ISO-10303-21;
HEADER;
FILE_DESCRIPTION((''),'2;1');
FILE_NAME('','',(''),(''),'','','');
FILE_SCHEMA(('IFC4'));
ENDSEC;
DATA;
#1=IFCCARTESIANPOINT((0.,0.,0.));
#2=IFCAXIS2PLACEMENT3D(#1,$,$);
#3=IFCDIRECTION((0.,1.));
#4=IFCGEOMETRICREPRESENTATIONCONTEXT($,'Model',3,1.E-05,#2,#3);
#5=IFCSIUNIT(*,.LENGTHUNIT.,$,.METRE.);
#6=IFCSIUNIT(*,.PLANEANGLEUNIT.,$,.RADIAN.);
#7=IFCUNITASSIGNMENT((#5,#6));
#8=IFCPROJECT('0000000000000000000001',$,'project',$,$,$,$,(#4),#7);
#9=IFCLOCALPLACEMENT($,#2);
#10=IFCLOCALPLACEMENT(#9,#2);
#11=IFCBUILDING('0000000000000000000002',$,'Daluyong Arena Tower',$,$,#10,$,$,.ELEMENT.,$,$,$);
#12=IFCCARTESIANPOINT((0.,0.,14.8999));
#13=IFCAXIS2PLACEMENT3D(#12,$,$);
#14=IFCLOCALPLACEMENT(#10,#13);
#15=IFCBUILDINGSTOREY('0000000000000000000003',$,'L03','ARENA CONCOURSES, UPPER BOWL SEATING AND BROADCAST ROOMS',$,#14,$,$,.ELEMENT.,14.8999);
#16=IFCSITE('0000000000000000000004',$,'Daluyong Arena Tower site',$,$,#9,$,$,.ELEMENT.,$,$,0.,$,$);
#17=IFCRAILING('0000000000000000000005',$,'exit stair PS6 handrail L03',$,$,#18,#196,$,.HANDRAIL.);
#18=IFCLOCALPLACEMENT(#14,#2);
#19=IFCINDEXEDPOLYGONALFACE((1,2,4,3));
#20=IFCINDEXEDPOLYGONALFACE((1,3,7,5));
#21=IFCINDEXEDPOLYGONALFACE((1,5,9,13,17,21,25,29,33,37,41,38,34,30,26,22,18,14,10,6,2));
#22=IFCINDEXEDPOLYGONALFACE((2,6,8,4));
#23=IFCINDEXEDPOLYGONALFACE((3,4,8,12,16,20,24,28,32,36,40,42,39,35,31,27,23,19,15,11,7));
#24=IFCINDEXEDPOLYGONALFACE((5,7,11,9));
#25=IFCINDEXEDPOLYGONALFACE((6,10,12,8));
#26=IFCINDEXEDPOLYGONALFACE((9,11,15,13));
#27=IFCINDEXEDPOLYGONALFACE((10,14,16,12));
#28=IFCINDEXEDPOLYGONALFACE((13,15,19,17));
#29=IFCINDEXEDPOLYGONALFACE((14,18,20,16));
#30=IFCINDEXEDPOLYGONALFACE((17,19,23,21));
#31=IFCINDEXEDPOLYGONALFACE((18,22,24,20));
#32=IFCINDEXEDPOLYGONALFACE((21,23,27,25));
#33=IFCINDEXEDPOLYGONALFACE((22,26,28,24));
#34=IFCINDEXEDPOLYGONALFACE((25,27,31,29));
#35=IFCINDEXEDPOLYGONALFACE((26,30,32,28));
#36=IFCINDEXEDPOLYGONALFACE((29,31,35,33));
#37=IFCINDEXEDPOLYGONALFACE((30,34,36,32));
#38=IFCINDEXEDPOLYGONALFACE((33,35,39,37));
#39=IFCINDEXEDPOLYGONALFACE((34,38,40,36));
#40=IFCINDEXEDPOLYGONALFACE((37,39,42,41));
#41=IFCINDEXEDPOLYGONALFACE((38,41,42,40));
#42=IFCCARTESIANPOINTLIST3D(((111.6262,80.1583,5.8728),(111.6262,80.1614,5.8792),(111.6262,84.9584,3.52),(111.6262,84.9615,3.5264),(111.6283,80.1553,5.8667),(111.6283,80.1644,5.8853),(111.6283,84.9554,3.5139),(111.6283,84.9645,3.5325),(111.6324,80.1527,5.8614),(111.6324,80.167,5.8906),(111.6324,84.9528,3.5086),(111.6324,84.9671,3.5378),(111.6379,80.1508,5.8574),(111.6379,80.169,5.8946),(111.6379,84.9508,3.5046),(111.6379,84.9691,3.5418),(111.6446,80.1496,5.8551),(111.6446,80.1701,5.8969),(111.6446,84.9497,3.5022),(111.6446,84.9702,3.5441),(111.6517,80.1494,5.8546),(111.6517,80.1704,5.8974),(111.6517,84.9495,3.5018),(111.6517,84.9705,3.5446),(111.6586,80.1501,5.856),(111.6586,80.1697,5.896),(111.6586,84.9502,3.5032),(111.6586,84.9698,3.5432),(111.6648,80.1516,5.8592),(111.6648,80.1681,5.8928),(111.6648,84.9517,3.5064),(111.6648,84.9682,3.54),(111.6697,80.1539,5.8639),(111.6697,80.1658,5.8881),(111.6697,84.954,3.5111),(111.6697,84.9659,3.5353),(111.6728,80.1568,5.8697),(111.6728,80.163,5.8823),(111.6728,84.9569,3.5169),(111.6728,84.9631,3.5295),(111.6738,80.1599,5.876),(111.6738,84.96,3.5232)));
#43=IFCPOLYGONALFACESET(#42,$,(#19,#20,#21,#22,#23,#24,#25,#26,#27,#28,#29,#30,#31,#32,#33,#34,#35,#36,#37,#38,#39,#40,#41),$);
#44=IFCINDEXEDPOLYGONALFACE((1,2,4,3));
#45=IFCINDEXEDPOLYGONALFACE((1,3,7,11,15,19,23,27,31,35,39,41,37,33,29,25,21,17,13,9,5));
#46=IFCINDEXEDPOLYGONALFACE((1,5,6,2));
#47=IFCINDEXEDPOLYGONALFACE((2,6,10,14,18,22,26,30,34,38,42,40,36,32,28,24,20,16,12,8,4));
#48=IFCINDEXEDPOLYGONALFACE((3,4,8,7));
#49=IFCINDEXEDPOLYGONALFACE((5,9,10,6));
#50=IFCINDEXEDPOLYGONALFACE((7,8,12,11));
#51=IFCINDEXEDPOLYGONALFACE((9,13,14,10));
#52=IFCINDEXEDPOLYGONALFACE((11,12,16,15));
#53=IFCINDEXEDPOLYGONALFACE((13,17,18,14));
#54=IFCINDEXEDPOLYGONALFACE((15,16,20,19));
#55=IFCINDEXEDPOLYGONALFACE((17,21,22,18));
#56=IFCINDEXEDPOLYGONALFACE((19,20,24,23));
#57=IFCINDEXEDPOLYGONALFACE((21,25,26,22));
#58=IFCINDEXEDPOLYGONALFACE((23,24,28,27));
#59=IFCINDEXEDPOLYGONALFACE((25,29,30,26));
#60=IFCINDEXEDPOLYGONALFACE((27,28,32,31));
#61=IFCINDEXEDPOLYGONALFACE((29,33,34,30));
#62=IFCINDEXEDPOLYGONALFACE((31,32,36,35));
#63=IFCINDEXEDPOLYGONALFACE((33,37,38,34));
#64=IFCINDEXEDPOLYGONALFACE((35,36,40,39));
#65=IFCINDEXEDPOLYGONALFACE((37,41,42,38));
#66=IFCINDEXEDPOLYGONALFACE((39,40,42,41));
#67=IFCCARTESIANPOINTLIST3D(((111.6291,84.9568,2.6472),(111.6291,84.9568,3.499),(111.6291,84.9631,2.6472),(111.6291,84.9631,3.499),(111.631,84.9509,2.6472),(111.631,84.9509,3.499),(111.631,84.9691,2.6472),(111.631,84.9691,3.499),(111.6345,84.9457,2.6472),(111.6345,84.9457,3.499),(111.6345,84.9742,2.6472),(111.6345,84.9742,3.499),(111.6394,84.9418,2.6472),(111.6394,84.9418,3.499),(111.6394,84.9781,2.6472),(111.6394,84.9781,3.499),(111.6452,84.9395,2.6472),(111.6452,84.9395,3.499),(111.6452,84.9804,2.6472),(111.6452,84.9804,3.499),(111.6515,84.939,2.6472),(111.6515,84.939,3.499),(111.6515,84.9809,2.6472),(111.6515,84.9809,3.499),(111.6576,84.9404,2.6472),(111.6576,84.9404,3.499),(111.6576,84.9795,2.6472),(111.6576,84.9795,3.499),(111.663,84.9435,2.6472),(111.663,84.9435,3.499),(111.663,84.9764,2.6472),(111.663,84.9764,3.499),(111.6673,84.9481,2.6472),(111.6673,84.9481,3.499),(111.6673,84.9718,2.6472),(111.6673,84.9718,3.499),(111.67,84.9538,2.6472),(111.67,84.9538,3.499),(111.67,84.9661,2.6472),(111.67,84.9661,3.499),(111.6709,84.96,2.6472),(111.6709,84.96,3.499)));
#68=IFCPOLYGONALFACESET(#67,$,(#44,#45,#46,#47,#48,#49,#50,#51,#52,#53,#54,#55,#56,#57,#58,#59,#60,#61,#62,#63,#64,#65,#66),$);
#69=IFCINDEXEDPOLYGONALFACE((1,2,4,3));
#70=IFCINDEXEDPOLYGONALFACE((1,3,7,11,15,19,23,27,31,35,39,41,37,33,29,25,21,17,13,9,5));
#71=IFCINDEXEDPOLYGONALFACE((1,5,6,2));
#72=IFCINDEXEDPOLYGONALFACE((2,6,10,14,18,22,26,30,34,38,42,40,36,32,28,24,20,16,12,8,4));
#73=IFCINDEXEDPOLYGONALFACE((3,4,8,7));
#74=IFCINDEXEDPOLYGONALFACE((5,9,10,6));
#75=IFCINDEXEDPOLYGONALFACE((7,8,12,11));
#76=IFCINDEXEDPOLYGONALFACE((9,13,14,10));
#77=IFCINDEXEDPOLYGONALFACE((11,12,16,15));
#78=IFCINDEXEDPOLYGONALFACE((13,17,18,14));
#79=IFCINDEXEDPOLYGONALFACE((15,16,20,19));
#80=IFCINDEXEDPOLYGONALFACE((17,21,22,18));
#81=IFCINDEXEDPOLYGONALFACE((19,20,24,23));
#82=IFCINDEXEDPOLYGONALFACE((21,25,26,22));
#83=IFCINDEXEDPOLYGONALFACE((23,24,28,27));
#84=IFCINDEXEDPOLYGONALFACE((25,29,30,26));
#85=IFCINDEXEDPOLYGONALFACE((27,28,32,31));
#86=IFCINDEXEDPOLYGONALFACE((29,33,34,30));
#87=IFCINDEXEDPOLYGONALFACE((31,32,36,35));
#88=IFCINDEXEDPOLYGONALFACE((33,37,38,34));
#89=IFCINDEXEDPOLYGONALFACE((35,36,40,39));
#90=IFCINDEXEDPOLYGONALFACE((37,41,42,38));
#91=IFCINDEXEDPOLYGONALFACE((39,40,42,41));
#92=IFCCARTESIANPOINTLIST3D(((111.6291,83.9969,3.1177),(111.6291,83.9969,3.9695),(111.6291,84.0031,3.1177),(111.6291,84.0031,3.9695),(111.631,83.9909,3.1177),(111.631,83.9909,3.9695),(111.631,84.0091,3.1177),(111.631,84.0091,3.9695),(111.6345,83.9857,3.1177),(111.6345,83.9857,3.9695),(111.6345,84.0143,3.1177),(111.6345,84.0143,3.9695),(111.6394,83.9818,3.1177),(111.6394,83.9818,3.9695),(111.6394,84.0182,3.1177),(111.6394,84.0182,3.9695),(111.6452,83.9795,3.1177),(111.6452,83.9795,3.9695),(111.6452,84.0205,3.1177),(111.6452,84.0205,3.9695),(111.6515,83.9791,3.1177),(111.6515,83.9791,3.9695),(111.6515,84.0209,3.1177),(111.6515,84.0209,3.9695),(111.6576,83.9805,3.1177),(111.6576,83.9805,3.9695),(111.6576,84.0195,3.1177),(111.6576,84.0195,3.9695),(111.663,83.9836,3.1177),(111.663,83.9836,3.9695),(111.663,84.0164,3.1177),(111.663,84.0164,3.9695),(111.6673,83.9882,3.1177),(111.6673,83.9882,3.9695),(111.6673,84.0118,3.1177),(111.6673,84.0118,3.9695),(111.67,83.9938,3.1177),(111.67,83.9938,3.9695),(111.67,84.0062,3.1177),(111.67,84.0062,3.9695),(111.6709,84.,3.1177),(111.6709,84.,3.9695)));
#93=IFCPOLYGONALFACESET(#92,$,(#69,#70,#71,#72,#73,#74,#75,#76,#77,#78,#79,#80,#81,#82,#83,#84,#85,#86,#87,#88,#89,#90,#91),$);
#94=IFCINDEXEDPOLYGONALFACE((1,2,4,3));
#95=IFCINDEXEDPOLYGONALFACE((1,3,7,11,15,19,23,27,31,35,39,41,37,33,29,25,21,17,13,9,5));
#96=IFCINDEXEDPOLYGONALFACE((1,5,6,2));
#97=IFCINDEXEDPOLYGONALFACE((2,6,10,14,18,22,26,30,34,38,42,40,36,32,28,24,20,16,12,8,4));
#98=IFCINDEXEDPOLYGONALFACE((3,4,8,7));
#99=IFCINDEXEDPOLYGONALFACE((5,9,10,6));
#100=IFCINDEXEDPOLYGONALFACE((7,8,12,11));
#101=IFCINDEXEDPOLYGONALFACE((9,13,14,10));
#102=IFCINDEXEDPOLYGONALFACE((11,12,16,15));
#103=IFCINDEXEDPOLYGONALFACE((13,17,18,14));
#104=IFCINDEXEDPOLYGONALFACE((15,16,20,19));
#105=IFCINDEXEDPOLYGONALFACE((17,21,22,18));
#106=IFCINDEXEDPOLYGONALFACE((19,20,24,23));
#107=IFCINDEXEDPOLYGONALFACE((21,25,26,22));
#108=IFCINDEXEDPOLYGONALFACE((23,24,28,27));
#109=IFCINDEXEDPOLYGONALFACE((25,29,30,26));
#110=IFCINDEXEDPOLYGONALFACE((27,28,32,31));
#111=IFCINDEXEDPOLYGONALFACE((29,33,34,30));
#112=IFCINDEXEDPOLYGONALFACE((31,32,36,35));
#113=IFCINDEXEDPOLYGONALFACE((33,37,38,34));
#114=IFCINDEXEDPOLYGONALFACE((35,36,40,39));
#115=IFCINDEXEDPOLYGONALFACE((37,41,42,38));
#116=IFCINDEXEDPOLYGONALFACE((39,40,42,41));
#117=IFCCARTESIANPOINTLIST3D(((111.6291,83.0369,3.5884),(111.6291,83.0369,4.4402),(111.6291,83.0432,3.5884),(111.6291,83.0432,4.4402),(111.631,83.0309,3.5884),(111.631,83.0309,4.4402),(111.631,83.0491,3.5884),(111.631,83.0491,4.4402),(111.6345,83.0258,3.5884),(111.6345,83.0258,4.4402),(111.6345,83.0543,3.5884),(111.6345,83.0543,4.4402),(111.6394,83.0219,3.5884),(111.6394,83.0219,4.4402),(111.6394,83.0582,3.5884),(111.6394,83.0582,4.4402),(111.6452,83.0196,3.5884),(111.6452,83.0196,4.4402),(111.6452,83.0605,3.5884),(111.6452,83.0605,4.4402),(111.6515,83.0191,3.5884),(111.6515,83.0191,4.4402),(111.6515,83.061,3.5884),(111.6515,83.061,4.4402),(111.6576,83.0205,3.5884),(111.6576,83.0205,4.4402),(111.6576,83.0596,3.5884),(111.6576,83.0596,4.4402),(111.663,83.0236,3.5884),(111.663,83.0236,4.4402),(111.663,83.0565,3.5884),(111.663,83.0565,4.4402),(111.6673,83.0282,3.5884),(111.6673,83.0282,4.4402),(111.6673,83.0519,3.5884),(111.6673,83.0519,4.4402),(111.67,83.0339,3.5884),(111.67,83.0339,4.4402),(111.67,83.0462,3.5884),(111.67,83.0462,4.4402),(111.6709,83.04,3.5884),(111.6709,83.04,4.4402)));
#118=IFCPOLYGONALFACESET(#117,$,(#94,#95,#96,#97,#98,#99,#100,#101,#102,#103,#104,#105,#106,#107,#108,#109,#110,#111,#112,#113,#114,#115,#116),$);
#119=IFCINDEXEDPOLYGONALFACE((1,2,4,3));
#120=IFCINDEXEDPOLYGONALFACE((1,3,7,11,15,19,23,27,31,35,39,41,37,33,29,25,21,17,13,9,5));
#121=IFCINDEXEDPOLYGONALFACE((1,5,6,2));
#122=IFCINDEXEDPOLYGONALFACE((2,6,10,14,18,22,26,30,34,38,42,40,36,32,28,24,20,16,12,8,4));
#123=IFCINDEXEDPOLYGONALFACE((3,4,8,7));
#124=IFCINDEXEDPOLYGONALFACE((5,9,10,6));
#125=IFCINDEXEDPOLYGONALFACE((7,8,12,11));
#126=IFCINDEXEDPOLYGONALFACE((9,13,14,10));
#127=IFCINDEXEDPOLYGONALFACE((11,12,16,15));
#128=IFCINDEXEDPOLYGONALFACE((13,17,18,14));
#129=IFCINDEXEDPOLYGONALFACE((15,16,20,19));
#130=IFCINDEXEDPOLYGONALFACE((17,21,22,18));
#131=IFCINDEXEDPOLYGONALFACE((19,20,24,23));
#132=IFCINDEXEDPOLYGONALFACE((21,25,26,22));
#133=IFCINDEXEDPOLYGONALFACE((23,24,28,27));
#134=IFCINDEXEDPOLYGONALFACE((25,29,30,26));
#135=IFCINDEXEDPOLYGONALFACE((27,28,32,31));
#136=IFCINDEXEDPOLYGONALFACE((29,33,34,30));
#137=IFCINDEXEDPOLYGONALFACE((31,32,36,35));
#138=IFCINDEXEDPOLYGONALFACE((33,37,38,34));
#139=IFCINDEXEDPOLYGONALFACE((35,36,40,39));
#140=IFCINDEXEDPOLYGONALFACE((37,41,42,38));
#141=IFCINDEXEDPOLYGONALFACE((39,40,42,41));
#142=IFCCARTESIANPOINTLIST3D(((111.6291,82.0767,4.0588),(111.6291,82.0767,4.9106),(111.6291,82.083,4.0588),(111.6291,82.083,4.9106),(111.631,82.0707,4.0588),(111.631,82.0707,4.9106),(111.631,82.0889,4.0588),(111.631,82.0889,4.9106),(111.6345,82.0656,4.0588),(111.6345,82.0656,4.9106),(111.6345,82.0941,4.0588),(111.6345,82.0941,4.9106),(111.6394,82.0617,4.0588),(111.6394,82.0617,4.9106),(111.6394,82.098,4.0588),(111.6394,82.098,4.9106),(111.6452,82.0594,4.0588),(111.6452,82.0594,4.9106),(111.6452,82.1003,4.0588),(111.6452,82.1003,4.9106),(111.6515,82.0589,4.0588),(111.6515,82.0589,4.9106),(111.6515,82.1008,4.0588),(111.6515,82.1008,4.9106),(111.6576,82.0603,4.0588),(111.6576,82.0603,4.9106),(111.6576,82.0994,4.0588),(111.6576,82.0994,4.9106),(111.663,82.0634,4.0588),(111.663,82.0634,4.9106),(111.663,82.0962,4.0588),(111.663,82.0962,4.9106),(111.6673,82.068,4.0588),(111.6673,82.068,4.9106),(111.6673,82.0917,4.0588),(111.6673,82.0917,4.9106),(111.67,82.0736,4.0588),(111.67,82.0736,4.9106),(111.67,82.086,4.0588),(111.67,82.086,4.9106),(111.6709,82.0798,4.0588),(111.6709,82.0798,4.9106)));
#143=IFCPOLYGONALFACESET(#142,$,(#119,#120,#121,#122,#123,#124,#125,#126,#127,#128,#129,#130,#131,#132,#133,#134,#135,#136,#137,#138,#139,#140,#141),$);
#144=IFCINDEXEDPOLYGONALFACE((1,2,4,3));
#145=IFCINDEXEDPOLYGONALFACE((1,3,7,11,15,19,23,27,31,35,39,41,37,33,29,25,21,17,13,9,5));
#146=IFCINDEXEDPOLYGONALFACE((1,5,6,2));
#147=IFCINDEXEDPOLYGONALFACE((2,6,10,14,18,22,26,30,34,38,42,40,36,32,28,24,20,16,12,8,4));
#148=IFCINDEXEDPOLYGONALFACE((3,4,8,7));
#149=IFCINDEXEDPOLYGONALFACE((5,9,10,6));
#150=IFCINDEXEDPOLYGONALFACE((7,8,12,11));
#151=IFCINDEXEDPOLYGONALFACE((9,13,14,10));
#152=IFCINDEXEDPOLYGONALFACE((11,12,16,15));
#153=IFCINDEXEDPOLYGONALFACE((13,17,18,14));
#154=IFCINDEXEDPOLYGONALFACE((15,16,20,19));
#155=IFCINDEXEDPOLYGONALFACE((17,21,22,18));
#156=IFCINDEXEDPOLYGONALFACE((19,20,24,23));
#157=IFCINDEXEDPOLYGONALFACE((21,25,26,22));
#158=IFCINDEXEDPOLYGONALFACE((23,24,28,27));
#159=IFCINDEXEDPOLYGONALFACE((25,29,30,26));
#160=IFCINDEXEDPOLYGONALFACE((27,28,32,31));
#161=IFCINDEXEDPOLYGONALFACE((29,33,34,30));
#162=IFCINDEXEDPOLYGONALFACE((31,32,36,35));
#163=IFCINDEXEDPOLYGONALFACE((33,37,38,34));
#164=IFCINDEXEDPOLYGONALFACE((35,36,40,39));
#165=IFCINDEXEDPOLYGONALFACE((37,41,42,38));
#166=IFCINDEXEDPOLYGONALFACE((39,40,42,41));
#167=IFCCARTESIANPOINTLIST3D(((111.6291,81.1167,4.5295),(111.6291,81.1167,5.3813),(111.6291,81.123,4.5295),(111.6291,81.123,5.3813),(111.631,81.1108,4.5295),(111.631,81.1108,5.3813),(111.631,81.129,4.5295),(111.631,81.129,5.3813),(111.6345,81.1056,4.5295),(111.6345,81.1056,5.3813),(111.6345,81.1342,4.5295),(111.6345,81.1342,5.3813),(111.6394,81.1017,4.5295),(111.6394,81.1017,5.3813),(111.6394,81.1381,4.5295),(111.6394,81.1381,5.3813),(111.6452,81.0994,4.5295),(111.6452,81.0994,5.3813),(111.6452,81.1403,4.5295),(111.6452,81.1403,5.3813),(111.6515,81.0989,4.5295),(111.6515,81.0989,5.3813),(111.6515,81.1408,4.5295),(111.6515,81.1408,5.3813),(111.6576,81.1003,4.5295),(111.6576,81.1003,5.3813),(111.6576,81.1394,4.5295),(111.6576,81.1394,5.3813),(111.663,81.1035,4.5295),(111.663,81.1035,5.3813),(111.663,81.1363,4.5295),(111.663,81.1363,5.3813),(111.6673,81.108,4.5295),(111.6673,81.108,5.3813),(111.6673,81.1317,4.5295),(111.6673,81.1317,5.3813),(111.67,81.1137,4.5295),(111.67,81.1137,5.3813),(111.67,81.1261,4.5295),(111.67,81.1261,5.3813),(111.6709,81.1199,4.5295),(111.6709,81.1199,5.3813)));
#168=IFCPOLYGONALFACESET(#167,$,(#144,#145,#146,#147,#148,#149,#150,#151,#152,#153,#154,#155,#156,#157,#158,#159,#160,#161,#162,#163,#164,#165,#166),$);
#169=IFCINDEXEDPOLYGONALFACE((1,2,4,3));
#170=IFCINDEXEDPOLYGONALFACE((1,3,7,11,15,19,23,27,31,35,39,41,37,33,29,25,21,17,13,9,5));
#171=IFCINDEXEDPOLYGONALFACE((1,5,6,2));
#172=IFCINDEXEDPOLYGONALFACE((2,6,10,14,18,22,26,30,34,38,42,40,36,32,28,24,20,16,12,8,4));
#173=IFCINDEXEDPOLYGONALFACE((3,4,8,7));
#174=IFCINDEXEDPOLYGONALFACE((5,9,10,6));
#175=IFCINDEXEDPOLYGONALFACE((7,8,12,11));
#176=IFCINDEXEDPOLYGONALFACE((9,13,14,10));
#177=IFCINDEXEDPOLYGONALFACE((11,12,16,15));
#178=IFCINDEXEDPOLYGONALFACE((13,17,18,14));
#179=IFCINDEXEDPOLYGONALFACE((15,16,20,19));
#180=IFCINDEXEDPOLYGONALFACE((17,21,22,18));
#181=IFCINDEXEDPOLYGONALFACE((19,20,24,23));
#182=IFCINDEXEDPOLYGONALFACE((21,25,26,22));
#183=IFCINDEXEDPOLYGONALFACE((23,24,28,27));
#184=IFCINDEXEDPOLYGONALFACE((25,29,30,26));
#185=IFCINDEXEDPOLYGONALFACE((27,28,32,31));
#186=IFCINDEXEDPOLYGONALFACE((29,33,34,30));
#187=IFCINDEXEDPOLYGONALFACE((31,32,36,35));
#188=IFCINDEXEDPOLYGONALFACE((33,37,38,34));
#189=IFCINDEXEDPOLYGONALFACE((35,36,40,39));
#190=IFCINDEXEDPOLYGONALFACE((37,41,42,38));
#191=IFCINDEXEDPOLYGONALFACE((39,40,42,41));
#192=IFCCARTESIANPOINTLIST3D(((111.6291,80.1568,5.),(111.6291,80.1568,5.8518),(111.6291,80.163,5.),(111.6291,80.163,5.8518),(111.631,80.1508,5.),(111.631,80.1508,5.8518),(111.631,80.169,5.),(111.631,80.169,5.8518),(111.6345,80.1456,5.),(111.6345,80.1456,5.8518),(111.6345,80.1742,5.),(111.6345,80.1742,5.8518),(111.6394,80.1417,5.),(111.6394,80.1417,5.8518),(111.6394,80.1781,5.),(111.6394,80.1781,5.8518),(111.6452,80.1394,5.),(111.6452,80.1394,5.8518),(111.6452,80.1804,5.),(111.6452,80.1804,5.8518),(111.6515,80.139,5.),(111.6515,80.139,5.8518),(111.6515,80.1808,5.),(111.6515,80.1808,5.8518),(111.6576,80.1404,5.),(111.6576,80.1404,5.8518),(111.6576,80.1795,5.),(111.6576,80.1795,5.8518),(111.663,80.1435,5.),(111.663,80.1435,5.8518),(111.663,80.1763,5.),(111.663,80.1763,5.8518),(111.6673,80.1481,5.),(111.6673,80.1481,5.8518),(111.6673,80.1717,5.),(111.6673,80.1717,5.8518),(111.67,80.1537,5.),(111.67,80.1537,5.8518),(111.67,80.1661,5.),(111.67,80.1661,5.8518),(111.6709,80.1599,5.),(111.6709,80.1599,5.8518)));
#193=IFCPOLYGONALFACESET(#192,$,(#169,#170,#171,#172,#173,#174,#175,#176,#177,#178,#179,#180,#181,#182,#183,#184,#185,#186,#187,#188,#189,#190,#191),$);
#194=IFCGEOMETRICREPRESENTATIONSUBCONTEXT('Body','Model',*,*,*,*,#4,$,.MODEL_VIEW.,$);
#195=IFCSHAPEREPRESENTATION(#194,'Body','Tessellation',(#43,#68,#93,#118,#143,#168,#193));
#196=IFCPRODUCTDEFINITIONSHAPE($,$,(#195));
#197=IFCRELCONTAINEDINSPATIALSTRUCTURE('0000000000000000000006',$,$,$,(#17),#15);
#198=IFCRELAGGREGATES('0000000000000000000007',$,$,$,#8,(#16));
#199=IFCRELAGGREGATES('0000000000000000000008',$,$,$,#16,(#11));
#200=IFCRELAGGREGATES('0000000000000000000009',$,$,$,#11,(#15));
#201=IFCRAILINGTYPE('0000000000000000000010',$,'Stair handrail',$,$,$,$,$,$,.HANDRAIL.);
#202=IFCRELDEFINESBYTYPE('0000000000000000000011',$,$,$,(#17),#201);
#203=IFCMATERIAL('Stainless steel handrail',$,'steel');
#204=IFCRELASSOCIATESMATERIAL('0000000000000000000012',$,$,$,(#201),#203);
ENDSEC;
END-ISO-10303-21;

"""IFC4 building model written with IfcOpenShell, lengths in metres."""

from ifc_helpers import new_model, si_unit, direction, frame, origin, origin_2d, place, context, subcontext, project, spatial, circle, extrude, material, type_object, element, save


model = new_model("IFC4")

# Units and contexts
model_context = context("Model", 3, precision=1e-05, world=origin(), true_north=direction((0.0, 1.0)))
body_context = subcontext(model_context, "Body", "Model", "MODEL_VIEW")
ifc_project = project(units=[si_unit("LENGTHUNIT", "METRE"), si_unit("PLANEANGLEUNIT", "RADIAN")], contexts=[model_context])

# Site, building, storey
site_placement = place(None, origin())
site = spatial("IfcSite", under=ifc_project, at=site_placement, Name="Daluyong Arena Tower site", CompositionType="ELEMENT", RefElevation=0.0)
building_placement = place(site_placement, origin())
building = spatial("IfcBuilding", under=site, at=building_placement, Name="Daluyong Arena Tower", CompositionType="ELEMENT")
storey_placement = place(building_placement, frame((0.0, 0.0, 14.8999)))
storey = spatial("IfcBuildingStorey", under=building, at=storey_placement, Name="L03", Description="ARENA CONCOURSES, UPPER BOWL SEATING AND BROADCAST ROOMS", CompositionType="ELEMENT", Elevation=14.8999)

# Railing
ifc_material_1 = material(Name="Stainless steel handrail", Category="steel")
railing_type_1 = type_object("IfcRailingType", Name="Stair handrail", PredefinedType="HANDRAIL", material=ifc_material_1)
railing_1_placement = place(storey_placement, frame((111.6499, 84.96, 2.6472)))
element("IfcRailing", 1, at=railing_1_placement, inside=storey, type_object=railing_type_1, Name="exit stair PS6 handrail L03", PredefinedType="HANDRAIL", context=body_context, shape_type="SweptSolid", body=[
    extrude(circle(Radius=0.0239, at=origin_2d()), frame((0.0, 0.0, 0.876), z_axis=(0.0, -0.897934, 0.44013), x_axis=(1.0, 0.0, 0.0)), (0.0, 0.0, 1.0), 5.3457),
    extrude(circle(Radius=0.021, at=origin_2d()), origin(), (0.0, 0.0, 1.0), 0.8518),
    extrude(circle(Radius=0.021, at=origin_2d()), frame((0.0, -0.96, 0.4705)), (0.0, 0.0, 1.0), 0.8518),
    extrude(circle(Radius=0.021, at=origin_2d()), frame((0.0, -1.9199, 0.9412)), (0.0, 0.0, 1.0), 0.8518),
    extrude(circle(Radius=0.021, at=origin_2d()), frame((0.0, -2.8801, 1.4116)), (0.0, 0.0, 1.0), 0.8518),
    extrude(circle(Radius=0.021, at=origin_2d()), frame((0.0, -3.8401, 1.8823)), (0.0, 0.0, 1.0), 0.8518),
    extrude(circle(Radius=0.021, at=origin_2d()), frame((0.0, -4.8, 2.3528)), (0.0, 0.0, 1.0), 0.8518),
])

save(model, "model.ifc")
